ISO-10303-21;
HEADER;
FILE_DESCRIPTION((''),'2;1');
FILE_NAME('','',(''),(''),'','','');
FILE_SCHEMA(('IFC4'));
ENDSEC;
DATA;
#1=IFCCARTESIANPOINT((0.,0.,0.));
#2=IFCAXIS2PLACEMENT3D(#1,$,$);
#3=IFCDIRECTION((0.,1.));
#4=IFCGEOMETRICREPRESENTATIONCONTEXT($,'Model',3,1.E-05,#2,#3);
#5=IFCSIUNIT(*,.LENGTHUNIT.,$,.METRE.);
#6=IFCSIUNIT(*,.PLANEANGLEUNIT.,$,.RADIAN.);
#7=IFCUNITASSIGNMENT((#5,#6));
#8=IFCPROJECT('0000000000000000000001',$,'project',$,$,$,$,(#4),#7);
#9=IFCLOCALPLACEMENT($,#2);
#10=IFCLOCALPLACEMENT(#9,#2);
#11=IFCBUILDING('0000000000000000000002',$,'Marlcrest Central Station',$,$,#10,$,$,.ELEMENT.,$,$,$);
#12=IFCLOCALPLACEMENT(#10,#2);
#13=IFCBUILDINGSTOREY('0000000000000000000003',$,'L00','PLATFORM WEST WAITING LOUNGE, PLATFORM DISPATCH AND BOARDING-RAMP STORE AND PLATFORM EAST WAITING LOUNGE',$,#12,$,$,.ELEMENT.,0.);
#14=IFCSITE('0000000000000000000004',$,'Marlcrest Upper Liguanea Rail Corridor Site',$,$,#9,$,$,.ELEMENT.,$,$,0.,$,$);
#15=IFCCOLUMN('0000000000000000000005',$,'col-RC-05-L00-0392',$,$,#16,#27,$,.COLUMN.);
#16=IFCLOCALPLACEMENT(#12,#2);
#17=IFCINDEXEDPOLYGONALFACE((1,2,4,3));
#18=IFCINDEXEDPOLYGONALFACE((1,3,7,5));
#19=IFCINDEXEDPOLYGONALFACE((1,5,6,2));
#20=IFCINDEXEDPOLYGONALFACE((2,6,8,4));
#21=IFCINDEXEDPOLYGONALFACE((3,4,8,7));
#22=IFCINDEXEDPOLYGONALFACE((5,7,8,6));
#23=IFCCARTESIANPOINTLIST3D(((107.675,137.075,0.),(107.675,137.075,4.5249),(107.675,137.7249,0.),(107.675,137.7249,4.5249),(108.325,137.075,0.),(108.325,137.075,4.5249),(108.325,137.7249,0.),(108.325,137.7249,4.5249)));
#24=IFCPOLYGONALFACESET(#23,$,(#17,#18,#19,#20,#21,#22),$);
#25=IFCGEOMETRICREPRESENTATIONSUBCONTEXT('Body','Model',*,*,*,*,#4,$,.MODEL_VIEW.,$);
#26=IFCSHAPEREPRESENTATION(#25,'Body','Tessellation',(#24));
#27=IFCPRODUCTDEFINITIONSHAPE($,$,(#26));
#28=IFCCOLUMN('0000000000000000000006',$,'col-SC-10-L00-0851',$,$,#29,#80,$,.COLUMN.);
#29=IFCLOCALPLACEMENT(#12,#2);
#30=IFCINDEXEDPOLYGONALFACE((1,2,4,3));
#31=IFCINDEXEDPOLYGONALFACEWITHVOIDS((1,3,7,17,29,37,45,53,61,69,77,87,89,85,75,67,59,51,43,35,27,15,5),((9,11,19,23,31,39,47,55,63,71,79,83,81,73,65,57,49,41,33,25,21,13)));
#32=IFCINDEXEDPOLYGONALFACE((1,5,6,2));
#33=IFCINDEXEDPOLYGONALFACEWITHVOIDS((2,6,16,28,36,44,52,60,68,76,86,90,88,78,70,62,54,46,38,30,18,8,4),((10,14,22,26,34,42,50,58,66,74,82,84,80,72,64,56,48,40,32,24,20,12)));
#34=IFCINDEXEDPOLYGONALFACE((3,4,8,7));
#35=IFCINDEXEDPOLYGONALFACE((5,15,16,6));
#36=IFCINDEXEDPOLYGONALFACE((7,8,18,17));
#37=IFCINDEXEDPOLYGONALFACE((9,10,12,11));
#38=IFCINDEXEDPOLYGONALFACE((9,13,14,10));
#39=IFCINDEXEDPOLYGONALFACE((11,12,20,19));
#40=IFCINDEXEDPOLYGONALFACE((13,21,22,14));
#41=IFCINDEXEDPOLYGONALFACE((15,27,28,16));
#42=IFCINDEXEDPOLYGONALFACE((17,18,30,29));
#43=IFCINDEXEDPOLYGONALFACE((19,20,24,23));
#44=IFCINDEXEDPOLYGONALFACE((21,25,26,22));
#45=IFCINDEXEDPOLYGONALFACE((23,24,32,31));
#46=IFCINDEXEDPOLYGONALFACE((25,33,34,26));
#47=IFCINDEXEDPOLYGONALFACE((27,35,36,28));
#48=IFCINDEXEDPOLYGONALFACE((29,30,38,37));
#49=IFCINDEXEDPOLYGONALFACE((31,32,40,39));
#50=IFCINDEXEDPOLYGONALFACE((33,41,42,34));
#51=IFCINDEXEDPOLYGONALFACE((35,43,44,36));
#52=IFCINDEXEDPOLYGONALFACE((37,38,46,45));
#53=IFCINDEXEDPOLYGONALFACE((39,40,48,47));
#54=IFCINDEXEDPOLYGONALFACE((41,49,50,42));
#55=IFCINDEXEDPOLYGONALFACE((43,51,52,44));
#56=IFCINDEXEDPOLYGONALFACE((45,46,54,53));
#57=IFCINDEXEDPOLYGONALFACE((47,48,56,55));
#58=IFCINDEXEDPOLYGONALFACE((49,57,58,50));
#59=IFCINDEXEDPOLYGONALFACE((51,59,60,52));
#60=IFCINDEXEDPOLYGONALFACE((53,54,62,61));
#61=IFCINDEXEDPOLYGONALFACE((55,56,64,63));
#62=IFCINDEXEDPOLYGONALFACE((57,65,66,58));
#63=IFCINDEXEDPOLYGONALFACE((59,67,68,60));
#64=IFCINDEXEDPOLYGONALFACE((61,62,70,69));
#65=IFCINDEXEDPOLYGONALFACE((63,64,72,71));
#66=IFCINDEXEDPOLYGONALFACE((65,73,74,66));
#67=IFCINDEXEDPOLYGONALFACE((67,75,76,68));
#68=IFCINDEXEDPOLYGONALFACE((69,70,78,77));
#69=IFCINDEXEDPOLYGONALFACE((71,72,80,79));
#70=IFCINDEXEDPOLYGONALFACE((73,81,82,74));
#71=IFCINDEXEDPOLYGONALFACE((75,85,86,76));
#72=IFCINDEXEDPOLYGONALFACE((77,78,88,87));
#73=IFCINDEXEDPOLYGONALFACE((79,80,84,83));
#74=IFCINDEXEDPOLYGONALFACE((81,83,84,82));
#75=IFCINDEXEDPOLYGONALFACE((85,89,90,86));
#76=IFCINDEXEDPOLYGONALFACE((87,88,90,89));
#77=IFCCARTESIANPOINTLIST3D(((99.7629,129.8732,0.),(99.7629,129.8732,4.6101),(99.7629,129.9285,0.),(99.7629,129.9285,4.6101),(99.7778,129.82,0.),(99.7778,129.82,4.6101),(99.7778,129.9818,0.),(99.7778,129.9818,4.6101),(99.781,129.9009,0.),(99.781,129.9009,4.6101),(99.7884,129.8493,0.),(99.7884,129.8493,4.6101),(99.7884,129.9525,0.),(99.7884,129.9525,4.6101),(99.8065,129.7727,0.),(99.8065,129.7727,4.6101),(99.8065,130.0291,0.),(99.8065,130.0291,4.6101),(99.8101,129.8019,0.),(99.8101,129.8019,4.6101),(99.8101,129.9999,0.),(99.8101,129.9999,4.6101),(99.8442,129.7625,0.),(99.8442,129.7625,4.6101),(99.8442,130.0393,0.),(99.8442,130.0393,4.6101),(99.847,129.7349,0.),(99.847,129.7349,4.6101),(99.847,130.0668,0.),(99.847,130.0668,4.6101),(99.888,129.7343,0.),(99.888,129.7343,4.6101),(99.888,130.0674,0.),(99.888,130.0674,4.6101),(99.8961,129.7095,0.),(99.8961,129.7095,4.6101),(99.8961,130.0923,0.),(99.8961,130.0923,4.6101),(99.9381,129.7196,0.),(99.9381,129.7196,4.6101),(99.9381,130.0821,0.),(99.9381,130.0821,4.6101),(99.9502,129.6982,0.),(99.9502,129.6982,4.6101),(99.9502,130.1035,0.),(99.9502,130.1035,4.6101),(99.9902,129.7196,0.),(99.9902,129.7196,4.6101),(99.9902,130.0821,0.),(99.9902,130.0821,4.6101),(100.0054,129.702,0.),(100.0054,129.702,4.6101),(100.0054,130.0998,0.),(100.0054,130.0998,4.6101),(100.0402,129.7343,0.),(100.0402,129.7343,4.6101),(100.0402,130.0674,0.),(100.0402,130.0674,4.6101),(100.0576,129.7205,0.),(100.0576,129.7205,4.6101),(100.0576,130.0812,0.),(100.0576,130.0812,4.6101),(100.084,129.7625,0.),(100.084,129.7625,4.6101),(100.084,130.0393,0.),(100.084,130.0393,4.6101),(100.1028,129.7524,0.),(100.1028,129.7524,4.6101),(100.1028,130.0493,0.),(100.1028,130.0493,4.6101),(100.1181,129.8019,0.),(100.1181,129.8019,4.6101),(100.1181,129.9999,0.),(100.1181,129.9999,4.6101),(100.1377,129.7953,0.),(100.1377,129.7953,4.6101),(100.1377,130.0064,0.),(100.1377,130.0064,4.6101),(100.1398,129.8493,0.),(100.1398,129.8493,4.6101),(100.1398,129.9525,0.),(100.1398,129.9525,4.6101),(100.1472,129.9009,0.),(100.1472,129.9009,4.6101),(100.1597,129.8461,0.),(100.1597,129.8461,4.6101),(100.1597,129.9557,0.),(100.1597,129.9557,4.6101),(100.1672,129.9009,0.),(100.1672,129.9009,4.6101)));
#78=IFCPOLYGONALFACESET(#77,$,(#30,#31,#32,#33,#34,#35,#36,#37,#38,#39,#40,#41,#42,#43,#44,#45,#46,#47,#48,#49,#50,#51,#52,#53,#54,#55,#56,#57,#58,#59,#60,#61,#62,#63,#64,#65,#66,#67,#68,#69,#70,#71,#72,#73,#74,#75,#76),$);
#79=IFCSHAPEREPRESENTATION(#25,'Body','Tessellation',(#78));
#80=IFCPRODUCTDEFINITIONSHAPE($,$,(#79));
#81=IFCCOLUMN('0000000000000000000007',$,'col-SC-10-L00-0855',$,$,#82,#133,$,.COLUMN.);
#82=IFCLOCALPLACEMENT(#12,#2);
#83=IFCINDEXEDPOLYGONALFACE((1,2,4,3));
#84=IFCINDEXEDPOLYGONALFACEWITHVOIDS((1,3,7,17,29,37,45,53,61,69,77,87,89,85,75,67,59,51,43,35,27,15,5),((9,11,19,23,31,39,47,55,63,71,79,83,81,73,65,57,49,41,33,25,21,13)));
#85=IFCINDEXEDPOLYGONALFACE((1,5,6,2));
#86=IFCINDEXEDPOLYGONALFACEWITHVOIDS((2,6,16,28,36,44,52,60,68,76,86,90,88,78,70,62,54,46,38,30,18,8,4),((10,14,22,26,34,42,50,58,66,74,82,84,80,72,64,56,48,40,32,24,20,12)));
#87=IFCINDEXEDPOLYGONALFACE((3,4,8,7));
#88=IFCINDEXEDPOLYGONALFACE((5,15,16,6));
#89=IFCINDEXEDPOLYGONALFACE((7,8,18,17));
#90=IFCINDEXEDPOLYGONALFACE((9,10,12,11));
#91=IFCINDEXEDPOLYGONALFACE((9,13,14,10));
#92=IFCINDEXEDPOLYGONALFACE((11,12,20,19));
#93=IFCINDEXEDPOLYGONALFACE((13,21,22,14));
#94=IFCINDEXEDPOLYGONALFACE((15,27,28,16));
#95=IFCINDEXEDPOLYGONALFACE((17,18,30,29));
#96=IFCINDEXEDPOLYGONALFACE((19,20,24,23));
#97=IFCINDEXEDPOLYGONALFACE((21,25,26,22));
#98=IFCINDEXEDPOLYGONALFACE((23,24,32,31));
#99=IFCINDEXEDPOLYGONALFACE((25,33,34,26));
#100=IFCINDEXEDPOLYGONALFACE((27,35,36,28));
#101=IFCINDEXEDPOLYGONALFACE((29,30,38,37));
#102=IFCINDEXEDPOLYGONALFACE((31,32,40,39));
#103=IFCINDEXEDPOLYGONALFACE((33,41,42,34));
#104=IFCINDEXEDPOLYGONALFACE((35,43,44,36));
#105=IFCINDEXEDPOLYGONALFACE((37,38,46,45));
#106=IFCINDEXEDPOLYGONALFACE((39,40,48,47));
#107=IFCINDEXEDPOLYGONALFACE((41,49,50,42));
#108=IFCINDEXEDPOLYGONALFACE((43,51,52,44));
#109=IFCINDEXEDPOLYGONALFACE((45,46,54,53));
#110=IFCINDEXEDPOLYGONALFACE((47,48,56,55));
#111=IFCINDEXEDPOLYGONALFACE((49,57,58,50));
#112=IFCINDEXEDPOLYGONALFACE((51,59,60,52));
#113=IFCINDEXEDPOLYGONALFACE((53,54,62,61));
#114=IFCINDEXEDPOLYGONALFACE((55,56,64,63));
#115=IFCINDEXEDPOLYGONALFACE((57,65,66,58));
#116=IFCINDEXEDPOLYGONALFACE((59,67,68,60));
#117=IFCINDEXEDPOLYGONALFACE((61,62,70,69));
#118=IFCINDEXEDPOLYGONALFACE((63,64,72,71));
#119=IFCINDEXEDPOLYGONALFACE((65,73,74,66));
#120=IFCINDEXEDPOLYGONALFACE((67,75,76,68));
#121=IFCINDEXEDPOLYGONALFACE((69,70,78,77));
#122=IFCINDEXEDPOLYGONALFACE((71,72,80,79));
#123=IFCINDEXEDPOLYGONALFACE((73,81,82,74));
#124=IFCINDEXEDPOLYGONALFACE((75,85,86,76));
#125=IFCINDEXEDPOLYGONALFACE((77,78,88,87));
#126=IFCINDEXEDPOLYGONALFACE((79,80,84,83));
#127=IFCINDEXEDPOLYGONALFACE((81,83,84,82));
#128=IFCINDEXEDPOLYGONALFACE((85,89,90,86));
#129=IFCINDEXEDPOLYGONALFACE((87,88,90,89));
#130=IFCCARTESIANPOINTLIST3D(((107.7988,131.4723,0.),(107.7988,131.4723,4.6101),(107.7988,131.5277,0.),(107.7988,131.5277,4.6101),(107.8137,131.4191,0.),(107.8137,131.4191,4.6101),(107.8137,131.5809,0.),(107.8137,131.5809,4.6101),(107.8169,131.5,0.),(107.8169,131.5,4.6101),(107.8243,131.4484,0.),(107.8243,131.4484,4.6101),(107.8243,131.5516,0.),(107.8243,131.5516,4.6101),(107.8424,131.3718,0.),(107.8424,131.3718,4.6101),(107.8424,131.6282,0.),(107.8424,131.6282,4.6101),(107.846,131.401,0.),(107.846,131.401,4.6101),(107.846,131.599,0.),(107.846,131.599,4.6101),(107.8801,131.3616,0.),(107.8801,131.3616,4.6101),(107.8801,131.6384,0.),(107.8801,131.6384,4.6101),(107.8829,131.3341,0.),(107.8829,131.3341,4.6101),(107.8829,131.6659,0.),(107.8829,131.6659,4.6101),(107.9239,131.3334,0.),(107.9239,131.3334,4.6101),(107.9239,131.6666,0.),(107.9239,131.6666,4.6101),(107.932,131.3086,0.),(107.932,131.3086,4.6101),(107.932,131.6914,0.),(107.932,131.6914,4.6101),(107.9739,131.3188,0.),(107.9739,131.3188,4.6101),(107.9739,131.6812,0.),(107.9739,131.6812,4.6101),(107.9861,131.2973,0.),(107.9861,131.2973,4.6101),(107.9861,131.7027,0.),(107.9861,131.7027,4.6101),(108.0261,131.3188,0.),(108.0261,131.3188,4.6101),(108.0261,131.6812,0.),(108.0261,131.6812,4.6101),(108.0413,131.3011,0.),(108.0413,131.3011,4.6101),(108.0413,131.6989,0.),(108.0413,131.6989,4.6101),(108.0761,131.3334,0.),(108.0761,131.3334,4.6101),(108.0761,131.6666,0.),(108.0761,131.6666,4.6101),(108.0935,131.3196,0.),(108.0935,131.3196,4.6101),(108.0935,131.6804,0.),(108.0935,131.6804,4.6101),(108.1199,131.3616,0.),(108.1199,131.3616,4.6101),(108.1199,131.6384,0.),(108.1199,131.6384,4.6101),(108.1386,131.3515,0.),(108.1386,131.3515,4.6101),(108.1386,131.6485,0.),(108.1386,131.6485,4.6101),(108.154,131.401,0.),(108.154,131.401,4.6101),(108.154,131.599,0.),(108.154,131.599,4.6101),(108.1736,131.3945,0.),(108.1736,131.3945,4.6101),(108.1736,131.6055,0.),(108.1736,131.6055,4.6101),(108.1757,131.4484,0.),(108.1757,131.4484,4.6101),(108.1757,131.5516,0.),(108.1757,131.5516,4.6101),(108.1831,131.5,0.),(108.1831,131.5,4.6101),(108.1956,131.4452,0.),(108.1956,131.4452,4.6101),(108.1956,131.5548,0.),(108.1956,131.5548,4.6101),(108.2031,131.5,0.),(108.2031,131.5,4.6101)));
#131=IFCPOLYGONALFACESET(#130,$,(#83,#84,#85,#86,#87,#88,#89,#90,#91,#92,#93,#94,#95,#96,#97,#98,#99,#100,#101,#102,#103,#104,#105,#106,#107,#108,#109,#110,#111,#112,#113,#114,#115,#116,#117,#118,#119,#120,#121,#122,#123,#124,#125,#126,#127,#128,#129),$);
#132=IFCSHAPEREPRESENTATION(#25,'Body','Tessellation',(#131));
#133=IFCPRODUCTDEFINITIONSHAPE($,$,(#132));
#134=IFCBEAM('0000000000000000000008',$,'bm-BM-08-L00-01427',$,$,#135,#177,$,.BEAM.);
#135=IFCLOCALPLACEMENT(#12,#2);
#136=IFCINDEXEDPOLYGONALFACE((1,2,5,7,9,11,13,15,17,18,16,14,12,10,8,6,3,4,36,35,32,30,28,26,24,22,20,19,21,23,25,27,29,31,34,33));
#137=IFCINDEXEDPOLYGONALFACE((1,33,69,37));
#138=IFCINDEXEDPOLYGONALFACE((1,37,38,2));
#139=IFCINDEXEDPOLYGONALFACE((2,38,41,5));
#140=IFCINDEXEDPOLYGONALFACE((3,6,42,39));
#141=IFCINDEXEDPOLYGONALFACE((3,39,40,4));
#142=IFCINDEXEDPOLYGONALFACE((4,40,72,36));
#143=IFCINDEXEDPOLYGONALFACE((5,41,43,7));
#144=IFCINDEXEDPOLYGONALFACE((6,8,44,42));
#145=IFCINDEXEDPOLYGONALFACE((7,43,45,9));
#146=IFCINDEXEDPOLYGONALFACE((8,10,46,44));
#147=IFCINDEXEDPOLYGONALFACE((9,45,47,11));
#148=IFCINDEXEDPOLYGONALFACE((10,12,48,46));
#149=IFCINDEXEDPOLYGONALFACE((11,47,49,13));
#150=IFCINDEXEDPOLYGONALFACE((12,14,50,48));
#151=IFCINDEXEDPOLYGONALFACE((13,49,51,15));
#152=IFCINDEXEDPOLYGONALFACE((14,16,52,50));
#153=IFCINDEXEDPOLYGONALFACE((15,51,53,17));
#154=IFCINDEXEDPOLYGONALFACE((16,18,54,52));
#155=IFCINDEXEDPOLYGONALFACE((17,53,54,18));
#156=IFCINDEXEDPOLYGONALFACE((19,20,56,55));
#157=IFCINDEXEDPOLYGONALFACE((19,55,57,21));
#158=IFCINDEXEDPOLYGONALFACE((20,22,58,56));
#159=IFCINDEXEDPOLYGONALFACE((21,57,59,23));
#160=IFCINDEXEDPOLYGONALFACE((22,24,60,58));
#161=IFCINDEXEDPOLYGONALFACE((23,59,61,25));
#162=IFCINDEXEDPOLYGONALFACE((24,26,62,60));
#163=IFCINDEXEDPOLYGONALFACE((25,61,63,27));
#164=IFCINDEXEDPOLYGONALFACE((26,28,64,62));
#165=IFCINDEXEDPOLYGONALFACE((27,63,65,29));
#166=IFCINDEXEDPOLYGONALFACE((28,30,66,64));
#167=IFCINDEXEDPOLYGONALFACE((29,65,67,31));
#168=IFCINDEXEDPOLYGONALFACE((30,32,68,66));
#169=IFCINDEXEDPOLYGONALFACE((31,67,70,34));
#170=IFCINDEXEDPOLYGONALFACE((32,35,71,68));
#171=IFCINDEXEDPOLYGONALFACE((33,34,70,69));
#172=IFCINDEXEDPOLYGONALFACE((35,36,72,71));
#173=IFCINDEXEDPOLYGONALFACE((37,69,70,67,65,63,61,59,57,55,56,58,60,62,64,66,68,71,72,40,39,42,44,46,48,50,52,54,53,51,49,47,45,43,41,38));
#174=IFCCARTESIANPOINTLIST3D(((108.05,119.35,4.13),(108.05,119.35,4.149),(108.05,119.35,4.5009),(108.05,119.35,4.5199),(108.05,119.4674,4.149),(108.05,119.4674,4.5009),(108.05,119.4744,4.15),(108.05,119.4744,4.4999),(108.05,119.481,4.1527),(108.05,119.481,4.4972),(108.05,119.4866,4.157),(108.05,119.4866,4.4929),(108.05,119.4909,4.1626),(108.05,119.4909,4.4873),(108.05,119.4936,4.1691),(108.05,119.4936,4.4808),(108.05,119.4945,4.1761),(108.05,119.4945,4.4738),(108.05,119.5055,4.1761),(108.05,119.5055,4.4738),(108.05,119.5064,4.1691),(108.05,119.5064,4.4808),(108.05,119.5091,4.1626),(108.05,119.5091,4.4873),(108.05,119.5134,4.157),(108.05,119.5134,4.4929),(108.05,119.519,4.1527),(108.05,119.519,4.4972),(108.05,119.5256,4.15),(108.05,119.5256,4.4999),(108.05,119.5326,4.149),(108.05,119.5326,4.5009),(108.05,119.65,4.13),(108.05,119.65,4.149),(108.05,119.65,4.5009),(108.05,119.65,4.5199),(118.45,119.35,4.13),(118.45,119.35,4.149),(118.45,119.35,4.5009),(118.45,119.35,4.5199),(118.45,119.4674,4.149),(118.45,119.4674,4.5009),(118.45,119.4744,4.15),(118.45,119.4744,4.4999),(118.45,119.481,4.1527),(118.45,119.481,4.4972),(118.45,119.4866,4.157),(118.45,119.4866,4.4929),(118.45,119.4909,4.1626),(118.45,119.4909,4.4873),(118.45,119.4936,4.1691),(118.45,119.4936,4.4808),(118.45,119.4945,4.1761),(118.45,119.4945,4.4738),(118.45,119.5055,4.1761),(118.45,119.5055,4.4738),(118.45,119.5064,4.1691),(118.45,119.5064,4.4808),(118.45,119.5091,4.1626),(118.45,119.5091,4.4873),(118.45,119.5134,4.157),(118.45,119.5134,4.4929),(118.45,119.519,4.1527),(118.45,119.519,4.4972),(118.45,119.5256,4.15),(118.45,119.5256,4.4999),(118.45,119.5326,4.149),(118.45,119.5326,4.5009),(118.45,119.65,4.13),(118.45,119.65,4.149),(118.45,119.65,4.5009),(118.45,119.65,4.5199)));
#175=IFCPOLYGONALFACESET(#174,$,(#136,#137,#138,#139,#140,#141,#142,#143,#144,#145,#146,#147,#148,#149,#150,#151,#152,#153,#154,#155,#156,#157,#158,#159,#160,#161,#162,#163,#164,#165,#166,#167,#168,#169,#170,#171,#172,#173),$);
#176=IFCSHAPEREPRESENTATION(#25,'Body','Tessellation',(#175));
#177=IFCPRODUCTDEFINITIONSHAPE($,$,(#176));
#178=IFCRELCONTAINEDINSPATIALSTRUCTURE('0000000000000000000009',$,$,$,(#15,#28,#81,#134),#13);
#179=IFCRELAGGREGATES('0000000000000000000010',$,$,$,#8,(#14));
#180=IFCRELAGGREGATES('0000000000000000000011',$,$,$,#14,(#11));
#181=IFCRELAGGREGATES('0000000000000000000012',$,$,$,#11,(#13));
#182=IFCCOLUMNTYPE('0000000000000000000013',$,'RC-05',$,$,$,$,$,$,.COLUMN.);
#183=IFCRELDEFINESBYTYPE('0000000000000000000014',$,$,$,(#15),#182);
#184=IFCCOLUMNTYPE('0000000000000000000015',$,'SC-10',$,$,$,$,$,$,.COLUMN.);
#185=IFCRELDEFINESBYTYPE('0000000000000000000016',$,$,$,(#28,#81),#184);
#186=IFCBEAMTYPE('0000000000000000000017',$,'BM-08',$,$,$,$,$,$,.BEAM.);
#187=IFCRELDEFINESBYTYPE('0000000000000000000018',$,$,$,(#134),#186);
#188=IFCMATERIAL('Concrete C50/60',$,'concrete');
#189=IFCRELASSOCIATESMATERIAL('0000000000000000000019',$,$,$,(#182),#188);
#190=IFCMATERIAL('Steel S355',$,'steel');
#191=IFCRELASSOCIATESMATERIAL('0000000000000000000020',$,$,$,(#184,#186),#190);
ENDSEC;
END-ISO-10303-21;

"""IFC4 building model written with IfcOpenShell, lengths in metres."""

from ifc_helpers import new_model, si_unit, direction, frame, origin, origin_2d, place, context, subcontext, project, spatial, rectangle, hollow_circle, i_section, extrude, material, material_profile, profile_set, type_object, element, save


model = new_model("IFC4")

# Units and contexts
model_context = context("Model", 3, precision=1e-05, world=origin(), true_north=direction((0.0, 1.0)))
body_context = subcontext(model_context, "Body", "Model", "MODEL_VIEW")
ifc_project = project(units=[si_unit("LENGTHUNIT", "METRE"), si_unit("PLANEANGLEUNIT", "RADIAN")], contexts=[model_context])

# Site, building, storey
site_placement = place(None, origin())
site = spatial("IfcSite", under=ifc_project, at=site_placement, Name="Marlcrest Upper Liguanea Rail Corridor Site", CompositionType="ELEMENT", RefElevation=0.0)
building_placement = place(site_placement, origin())
building = spatial("IfcBuilding", under=site, at=building_placement, Name="Marlcrest Central Station", CompositionType="ELEMENT")
storey_placement = place(building_placement, origin())
storey = spatial("IfcBuildingStorey", under=building, at=storey_placement, Name="L00", Description="PLATFORM WEST WAITING LOUNGE, PLATFORM DISPATCH AND BOARDING-RAMP STORE AND PLATFORM EAST WAITING LOUNGE", CompositionType="ELEMENT", Elevation=0.0)

# Columns
ifc_material_1 = material(Name="Concrete C50/60", Category="concrete")
ifc_material_profile_1 = material_profile(ifc_material_1, rectangle(XDim=0.6499, YDim=0.6499, at=origin_2d()), Name="RC 650x650")
ifc_profile_set_1 = profile_set([ifc_material_profile_1], Name="Concrete C50/60")
column_type_1 = type_object("IfcColumnType", Name="RC-05", PredefinedType="COLUMN", material=ifc_profile_set_1)
column_placement = place(storey_placement, frame((108.0, 137.3999, 0.0), z_axis=(0.0, 0.0, 1.0), x_axis=(1.0, 0.0, 0.0)))
element("IfcColumn", 1, at=column_placement, inside=storey, type_object=column_type_1, Name="col-RC-05-L00-0392", PredefinedType="COLUMN", context=body_context, shape_type="SweptSolid", body=[
    extrude(rectangle(XDim=0.6499, YDim=0.6499, at=origin_2d()), origin(), (0.0, 0.0, 1.0), 4.5249),
])
ifc_material_2 = material(Name="Steel S355", Category="steel")
ifc_material_profile_2 = material_profile(ifc_material_2, hollow_circle(Radius=0.2031, WallThickness=0.02, at=origin_2d()), Name="CHS 406.4x20")
ifc_profile_set_2 = profile_set([ifc_material_profile_2], Name="Steel S355")
column_type_2 = type_object("IfcColumnType", Name="SC-10", PredefinedType="COLUMN", material=ifc_profile_set_2)
for number, where, z_axis, x_axis, name in (
    (2, (99.9641, 129.9009, 0.0), (0.0, 0.0, 1.0), (1.0, 0.0, 0.0), "col-SC-10-L00-0851"),
    (3, (108.0, 131.5, 0.0), (0.0, 0.0, 1.0), (1.0, 0.0, 0.0), "col-SC-10-L00-0855"),
):
    element("IfcColumn", number, at=place(storey_placement, frame(where, z_axis=z_axis, x_axis=x_axis)), inside=storey, type_object=column_type_2, Name=name, PredefinedType="COLUMN", context=body_context, shape_type="SweptSolid", body=[
        extrude(hollow_circle(Radius=0.2031, WallThickness=0.02, at=origin_2d()), origin(), (0.0, 0.0, 1.0), 4.6101),
    ])

# Beam
ifc_material_profile_3 = material_profile(ifc_material_2, i_section(OverallWidth=0.3, OverallDepth=0.3899, WebThickness=0.011, FlangeThickness=0.019, FilletRadius=0.0271, at=origin_2d()), Name="HEA 400")
ifc_profile_set_3 = profile_set([ifc_material_profile_3], Name="Steel S355")
beam_type_1 = type_object("IfcBeamType", Name="BM-08", PredefinedType="BEAM", material=ifc_profile_set_3)
beam_1_placement = place(storey_placement, frame((108.05, 119.5, 4.325), z_axis=(1.0, 0.0, 0.0), x_axis=(0.0, 1.0, 0.0)))
element("IfcBeam", 4, at=beam_1_placement, inside=storey, type_object=beam_type_1, Name="bm-BM-08-L00-01427", PredefinedType="BEAM", context=body_context, shape_type="SweptSolid", body=[
    extrude(i_section(OverallWidth=0.3, OverallDepth=0.3899, WebThickness=0.011, FlangeThickness=0.019, FilletRadius=0.0271, at=origin_2d()), origin(), (0.0, 0.0, 1.0), 10.3999),
])

save(model, "model.ifc")
